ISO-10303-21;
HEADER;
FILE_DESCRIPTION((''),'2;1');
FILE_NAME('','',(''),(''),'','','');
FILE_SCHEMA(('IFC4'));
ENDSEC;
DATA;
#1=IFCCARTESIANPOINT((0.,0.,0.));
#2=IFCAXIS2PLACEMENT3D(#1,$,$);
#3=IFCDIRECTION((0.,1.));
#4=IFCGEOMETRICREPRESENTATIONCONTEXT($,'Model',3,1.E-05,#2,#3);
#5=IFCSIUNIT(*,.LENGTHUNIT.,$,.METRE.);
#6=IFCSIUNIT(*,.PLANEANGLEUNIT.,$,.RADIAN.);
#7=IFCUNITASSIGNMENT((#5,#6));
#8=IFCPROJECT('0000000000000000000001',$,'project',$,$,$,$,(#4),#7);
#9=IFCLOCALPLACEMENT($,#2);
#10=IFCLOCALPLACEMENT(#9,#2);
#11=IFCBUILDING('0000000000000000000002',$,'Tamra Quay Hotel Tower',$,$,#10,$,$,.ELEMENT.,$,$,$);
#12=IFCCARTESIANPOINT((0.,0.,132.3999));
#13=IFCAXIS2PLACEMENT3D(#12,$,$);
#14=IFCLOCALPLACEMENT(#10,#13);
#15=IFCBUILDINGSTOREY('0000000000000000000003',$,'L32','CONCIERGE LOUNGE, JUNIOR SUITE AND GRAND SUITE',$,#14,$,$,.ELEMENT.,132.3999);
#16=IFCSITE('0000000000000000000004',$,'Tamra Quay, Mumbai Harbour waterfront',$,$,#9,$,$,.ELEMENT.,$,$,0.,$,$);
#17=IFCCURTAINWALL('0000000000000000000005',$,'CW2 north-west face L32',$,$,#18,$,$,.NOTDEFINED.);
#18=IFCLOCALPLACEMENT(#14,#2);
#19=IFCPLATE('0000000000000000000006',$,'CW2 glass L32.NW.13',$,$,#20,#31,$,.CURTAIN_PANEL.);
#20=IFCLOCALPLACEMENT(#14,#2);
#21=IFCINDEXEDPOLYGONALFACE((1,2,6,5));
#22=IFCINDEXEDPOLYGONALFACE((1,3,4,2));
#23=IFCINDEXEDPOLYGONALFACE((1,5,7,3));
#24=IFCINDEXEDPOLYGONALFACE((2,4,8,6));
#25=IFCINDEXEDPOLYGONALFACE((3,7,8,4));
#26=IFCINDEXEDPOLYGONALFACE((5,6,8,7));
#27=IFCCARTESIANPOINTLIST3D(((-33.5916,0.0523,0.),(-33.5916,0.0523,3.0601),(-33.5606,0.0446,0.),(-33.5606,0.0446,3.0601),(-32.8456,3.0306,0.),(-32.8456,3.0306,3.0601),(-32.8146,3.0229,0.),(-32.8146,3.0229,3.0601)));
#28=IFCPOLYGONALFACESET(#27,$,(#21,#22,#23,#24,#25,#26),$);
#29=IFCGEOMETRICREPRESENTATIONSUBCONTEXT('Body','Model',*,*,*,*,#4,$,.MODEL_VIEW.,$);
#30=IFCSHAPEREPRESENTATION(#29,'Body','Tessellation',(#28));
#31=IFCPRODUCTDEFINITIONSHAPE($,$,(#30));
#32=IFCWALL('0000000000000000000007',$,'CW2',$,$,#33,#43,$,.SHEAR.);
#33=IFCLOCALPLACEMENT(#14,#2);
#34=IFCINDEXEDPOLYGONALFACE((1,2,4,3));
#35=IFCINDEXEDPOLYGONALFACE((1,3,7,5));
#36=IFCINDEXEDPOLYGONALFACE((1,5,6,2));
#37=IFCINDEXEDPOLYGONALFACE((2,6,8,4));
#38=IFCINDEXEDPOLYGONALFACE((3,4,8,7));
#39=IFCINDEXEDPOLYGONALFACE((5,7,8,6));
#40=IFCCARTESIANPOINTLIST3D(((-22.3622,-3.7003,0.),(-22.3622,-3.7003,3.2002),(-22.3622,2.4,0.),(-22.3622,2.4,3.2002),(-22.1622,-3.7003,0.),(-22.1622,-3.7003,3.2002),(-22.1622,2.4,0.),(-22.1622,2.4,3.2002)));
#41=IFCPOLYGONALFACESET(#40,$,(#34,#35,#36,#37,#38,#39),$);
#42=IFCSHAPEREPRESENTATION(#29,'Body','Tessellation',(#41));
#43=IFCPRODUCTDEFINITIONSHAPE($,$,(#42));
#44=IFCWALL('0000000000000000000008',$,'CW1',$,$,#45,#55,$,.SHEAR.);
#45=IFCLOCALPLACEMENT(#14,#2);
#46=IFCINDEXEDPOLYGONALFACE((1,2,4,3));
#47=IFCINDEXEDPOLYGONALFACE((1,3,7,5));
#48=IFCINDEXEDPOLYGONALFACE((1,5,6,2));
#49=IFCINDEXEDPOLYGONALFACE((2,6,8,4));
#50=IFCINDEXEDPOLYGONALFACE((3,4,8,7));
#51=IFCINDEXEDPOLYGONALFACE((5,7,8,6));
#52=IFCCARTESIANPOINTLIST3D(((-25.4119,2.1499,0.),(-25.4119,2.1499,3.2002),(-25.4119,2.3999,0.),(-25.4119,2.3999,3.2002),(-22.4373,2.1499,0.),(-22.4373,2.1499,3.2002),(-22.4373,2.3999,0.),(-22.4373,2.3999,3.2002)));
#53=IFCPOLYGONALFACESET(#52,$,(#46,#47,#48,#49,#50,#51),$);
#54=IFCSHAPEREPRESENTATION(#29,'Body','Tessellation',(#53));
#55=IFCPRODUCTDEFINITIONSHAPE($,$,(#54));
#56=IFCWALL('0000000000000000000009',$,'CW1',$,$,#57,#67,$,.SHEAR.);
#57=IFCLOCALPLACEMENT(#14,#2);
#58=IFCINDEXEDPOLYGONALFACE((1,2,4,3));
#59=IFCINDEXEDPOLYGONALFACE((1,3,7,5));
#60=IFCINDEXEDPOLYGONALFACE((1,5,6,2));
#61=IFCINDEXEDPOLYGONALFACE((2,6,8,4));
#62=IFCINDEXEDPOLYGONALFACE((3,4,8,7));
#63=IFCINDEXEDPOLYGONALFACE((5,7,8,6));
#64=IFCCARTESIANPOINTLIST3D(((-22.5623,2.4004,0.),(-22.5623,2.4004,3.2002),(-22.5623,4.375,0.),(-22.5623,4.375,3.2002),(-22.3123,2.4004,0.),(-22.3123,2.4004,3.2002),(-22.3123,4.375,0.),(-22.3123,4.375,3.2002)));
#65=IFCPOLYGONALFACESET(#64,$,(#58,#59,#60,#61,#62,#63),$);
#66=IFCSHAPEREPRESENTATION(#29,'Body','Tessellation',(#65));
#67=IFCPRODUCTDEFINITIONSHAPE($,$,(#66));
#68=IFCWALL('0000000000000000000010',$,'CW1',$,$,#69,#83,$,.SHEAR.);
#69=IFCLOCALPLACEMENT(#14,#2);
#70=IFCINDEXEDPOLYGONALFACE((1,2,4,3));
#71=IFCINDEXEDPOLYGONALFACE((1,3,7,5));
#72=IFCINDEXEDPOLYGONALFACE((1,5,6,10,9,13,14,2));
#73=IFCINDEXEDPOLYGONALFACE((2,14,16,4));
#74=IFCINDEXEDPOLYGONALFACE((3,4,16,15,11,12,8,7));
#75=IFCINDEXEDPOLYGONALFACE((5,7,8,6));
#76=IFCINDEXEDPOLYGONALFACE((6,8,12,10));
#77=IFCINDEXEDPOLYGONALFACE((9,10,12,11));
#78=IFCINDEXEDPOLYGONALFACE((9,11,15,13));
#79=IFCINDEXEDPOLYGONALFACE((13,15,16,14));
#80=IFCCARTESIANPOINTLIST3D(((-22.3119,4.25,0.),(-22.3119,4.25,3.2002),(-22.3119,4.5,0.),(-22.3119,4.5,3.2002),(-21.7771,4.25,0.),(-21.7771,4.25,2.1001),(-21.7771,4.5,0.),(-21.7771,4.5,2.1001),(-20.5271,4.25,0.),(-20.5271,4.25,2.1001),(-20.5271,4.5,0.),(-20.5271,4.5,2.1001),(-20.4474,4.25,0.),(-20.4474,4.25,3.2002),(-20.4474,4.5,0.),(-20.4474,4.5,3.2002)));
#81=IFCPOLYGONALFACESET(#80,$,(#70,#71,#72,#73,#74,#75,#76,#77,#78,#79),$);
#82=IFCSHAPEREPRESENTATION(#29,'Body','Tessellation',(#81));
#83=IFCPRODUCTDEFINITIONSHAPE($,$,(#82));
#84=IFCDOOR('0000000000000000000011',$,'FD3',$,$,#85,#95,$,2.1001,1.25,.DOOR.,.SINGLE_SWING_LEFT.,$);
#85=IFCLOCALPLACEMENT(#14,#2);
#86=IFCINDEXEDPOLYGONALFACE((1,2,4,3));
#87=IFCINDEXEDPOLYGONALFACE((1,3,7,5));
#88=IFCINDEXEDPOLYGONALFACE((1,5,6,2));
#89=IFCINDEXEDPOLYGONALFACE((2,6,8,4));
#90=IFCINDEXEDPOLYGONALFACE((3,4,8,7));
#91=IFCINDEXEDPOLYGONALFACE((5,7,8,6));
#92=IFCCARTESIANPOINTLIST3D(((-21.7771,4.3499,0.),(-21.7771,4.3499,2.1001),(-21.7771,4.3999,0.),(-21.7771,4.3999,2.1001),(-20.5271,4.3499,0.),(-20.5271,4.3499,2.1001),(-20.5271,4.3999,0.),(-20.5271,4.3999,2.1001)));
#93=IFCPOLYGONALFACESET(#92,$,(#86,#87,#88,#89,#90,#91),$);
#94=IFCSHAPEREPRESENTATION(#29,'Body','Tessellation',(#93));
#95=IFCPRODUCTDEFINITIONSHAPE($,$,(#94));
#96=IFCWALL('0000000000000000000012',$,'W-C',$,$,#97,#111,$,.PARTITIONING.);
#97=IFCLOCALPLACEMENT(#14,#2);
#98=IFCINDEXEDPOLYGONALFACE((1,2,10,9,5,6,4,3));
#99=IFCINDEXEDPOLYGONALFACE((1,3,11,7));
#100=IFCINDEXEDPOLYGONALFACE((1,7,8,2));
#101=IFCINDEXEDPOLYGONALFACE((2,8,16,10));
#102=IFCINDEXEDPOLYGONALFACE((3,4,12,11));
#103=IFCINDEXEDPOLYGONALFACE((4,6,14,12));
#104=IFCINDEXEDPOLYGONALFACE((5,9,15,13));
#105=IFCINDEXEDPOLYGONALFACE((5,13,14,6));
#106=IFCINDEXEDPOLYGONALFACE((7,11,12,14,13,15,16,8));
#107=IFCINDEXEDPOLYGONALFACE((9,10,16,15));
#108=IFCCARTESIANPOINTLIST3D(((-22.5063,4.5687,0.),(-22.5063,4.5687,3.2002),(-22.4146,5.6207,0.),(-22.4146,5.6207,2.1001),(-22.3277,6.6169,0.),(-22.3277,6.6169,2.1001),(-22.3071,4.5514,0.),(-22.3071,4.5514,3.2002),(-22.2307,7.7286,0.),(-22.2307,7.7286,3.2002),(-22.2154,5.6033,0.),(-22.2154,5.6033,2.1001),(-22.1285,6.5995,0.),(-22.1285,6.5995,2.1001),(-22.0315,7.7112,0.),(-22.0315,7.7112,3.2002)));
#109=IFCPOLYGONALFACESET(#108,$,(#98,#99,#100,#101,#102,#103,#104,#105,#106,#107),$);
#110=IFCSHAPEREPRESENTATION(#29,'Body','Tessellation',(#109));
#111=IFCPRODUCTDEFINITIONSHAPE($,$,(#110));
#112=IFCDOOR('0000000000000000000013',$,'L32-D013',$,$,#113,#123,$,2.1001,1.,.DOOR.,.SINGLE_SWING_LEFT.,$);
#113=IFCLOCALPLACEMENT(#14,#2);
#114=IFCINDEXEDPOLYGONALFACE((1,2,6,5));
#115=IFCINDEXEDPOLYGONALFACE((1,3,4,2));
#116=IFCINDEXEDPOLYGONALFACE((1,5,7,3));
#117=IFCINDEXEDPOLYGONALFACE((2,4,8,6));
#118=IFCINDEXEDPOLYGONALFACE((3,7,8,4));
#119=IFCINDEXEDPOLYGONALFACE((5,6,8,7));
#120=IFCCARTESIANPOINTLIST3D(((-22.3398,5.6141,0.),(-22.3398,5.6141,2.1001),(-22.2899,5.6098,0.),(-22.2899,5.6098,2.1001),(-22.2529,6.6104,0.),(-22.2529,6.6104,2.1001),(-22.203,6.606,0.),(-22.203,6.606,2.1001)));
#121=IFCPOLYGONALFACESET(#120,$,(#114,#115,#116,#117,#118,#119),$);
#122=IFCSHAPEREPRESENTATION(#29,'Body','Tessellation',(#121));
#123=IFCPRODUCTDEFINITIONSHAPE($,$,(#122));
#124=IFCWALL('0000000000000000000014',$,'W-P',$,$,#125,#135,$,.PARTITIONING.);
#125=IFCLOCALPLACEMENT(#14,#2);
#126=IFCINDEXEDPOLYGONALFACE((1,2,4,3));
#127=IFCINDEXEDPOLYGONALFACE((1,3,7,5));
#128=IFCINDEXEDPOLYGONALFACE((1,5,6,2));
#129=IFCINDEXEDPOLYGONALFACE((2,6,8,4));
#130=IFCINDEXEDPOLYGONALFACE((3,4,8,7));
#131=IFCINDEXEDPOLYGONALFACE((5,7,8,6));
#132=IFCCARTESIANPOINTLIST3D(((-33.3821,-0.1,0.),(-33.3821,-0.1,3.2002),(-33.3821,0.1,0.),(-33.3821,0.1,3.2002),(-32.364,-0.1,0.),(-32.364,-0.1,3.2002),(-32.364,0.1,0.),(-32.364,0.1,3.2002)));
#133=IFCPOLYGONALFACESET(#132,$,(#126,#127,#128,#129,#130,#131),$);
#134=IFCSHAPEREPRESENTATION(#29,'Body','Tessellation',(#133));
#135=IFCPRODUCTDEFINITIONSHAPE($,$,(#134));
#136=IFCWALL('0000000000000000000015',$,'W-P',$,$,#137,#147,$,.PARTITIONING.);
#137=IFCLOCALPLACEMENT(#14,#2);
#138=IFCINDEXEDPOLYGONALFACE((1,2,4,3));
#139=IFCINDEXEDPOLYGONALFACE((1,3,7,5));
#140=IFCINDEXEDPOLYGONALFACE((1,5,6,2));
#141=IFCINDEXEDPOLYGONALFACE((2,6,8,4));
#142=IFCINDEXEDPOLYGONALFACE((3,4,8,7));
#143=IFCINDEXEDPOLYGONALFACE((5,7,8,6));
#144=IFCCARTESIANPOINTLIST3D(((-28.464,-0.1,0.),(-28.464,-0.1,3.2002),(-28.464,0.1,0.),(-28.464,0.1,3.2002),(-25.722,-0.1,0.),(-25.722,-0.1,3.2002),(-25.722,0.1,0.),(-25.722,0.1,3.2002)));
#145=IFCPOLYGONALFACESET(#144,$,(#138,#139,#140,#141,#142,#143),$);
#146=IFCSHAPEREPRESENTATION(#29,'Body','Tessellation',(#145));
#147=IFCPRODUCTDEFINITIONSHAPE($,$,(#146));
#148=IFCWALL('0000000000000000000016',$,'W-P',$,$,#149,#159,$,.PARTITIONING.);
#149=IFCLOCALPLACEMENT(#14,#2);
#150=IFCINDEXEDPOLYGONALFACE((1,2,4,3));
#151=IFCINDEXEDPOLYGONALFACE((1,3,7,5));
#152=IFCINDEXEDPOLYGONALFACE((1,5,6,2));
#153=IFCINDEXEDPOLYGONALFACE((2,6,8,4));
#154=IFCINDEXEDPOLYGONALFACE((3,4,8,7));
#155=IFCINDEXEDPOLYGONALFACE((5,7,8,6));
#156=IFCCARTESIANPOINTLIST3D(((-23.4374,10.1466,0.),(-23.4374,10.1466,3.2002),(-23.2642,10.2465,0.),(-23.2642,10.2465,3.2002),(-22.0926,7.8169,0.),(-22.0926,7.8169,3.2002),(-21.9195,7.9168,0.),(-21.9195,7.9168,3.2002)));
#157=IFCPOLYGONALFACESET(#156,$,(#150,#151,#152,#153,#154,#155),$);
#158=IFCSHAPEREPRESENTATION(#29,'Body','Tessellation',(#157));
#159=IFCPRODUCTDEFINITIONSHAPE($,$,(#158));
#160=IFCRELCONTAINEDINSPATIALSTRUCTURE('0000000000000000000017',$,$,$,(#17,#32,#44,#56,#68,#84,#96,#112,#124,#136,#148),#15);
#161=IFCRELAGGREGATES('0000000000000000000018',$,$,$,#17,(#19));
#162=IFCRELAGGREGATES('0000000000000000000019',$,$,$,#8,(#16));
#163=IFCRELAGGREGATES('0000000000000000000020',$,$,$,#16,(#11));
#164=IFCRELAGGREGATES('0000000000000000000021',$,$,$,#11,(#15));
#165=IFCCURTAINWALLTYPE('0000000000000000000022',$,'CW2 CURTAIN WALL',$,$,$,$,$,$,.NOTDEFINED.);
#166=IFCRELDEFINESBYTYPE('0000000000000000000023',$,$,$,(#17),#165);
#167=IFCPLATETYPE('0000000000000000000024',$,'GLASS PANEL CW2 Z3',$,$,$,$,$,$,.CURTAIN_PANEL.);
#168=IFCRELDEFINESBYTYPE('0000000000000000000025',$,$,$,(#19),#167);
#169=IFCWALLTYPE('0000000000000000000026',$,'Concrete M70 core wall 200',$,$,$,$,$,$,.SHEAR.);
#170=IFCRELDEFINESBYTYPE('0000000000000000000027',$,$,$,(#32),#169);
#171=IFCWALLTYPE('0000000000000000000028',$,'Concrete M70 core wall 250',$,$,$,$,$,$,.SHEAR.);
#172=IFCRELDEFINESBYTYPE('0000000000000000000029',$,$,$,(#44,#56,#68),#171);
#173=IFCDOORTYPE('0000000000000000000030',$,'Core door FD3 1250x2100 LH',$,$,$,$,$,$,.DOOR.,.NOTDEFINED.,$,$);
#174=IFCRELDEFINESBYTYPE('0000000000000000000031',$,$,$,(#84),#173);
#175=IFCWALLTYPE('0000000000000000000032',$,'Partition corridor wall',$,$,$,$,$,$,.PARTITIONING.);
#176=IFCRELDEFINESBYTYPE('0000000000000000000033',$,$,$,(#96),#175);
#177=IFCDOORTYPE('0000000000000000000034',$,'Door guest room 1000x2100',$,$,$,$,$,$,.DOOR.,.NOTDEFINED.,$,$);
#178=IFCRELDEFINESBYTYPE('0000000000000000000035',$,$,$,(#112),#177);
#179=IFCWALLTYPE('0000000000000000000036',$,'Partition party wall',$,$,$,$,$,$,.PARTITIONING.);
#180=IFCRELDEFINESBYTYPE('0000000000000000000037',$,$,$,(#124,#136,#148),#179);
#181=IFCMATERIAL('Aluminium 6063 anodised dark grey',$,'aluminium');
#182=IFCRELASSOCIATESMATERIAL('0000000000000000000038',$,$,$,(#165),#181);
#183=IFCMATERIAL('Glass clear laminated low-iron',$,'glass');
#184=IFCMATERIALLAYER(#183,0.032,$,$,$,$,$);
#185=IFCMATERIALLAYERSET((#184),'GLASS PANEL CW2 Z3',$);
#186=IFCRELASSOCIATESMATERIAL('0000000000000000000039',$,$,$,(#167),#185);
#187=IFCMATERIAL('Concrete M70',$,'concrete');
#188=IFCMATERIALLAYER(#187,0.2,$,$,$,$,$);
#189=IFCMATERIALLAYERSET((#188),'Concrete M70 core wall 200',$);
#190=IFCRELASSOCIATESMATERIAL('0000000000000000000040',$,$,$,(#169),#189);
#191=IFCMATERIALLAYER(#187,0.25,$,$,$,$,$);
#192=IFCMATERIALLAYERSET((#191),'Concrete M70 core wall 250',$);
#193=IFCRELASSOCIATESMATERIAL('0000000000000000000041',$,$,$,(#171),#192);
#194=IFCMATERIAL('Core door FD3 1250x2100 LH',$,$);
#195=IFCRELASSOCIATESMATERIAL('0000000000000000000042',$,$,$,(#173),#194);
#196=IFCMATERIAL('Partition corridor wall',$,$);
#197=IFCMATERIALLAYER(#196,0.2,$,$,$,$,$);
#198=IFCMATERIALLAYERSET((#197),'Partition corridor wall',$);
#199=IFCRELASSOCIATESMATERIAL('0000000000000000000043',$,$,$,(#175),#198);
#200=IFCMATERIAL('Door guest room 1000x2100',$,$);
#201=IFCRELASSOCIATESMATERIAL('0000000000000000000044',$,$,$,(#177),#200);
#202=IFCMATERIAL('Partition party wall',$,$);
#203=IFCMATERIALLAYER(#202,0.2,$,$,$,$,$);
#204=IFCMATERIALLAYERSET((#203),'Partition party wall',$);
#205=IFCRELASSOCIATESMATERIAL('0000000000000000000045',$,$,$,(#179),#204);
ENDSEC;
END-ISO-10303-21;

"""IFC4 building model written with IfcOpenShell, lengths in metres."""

from ifc_helpers import new_model, si_unit, direction, frame, frame_2d, origin, origin_2d, place, context, subcontext, project, spatial, rectangle, extrude, material, layer, layer_set, type_object, element, fill, aggregate, save


model = new_model("IFC4")

# Units and contexts
model_context = context("Model", 3, precision=1e-05, world=origin(), true_north=direction((0.0, 1.0)))
body_context = subcontext(model_context, "Body", "Model", "MODEL_VIEW")
ifc_project = project(units=[si_unit("LENGTHUNIT", "METRE"), si_unit("PLANEANGLEUNIT", "RADIAN")], contexts=[model_context])

# Site, building, storey
site_placement = place(None, origin())
site = spatial("IfcSite", under=ifc_project, at=site_placement, Name="Tamra Quay, Mumbai Harbour waterfront", CompositionType="ELEMENT", RefElevation=0.0)
building_placement = place(site_placement, origin())
building = spatial("IfcBuilding", under=site, at=building_placement, Name="Tamra Quay Hotel Tower", CompositionType="ELEMENT")
storey_placement = place(building_placement, frame((0.0, 0.0, 132.3999)))
storey = spatial("IfcBuildingStorey", under=building, at=storey_placement, Name="L32", Description="CONCIERGE LOUNGE, JUNIOR SUITE AND GRAND SUITE", CompositionType="ELEMENT", Elevation=132.3999)

# Shared definitions
ifc_material_1 = material(Name="Concrete M70", Category="concrete")

# Curtain wall
ifc_material_2 = material(Name="Aluminium 6063 anodised dark grey", Category="aluminium")
curtain_wall_type = type_object("IfcCurtainWallType", Name="CW2 CURTAIN WALL", PredefinedType="NOTDEFINED", material=ifc_material_2)
curtain_wall_placement = place(storey_placement, origin())
curtain_wall = element("IfcCurtainWall", 1, at=curtain_wall_placement, inside=storey, type_object=curtain_wall_type, Name="CW2 north-west face L32", PredefinedType="NOTDEFINED")

# Plate
ifc_material_3 = material(Name="Glass clear laminated low-iron", Category="glass")
ifc_layer_1 = layer(ifc_material_3, 0.032)
ifc_layer_set_1 = layer_set([ifc_layer_1], Name="GLASS PANEL CW2 Z3")
plate_type = type_object("IfcPlateType", Name="GLASS PANEL CW2 Z3", PredefinedType="CURTAIN_PANEL", material=ifc_layer_set_1)
plate_1_placement = place(storey_placement, frame((-33.2031, 1.5376, 0.0), z_axis=(0.0, 0.0, 1.0), x_axis=(-0.242976, -0.970032, 0.0)))
plate_1 = element("IfcPlate", 2, at=plate_1_placement, type_object=plate_type, Name="CW2 glass L32.NW.13", PredefinedType="CURTAIN_PANEL", context=body_context, shape_type="SweptSolid", body=[
    extrude(rectangle(XDim=3.0703, YDim=0.032, at=origin_2d()), origin(), (0.0, 0.0, 1.0), 3.0601),
])
aggregate(curtain_wall, [plate_1])

# Walls
ifc_layer_2 = layer(ifc_material_1, 0.2)
ifc_layer_set_2 = layer_set([ifc_layer_2], Name="Concrete M70 core wall 200")
wall_type_1 = type_object("IfcWallType", Name="Concrete M70 core wall 200", PredefinedType="SHEAR", material=ifc_layer_set_2)
wall_1_placement = place(storey_placement, frame((-22.2622, 2.4001, 0.0), z_axis=(0.0, 0.0, 1.0), x_axis=(0.0, -1.0, 0.0)))
element("IfcWall", 3, at=wall_1_placement, inside=storey, type_object=wall_type_1, Name="CW2", PredefinedType="SHEAR", context=body_context, shape_type="SweptSolid", body=[
    extrude(rectangle(XDim=6.1003, YDim=0.2, at=frame_2d((3.0503, 0.0))), origin(), (0.0, 0.0, 1.0), 3.2002),
])
ifc_layer_3 = layer(ifc_material_1, 0.25)
ifc_layer_set_3 = layer_set([ifc_layer_3], Name="Concrete M70 core wall 250")
wall_type_2 = type_object("IfcWallType", Name="Concrete M70 core wall 250", PredefinedType="SHEAR", material=ifc_layer_set_3)
wall_2_placement = place(storey_placement, frame((-25.4119, 2.2749, 0.0), z_axis=(0.0, 0.0, 1.0), x_axis=(1.0, 0.0, 0.0)))
element("IfcWall", 4, at=wall_2_placement, inside=storey, type_object=wall_type_2, Name="CW1", PredefinedType="SHEAR", context=body_context, shape_type="SweptSolid", body=[
    extrude(rectangle(XDim=2.9746, YDim=0.25, at=frame_2d((1.4873, 0.0))), origin(), (0.0, 0.0, 1.0), 3.2002),
])
wall_3_placement = place(storey_placement, frame((-22.4373, 2.4004, 0.0), z_axis=(0.0, 0.0, 1.0), x_axis=(0.0, 1.0, 0.0)))
element("IfcWall", 5, at=wall_3_placement, inside=storey, type_object=wall_type_2, Name="CW1", PredefinedType="SHEAR", context=body_context, shape_type="SweptSolid", body=[
    extrude(rectangle(XDim=1.9746, YDim=0.25, at=frame_2d((0.9873, 0.0))), origin(), (0.0, 0.0, 1.0), 3.2002),
])

# Walls, openings, doors
wall_4_placement = place(storey_placement, frame((-22.3118, 4.375, 0.0), z_axis=(0.0, 0.0, 1.0), x_axis=(1.0, 0.0, 0.0)))
wall_4 = element("IfcWall", 6, at=wall_4_placement, inside=storey, type_object=wall_type_2, Name="CW1", PredefinedType="SHEAR", context=body_context, shape_type="SweptSolid", body=[
    extrude(rectangle(XDim=1.8645, YDim=0.25, at=frame_2d((0.9321, 0.0))), origin(), (0.0, 0.0, 1.0), 3.2002),
])
opening_1_placement = place(wall_4_placement, frame((0.5347, 0.0, 0.0)))
opening_1 = element("IfcOpeningElement", 7, at=opening_1_placement, cuts=wall_4, PredefinedType="OPENING", context=body_context, shape_type="SweptSolid", body=[
    extrude(rectangle(XDim=1.25, YDim=2.1001, at=frame_2d((0.625, 1.05))), frame((0.0, 0.135, 0.0), z_axis=(0.0, -1.0, 0.0), x_axis=(1.0, 0.0, 0.0)), (0.0, 0.0, 1.0), 0.27),
])
ifc_material_4 = material(Name="Core door FD3 1250x2100 LH")
door_type_1 = type_object("IfcDoorType", Name="Core door FD3 1250x2100 LH", OperationType="NOTDEFINED", PredefinedType="DOOR", material=ifc_material_4)
door_1_placement = place(opening_1_placement, origin())
door_1 = element("IfcDoor", 8, at=door_1_placement, inside=storey, type_object=door_type_1, Name="FD3", OperationType="SINGLE_SWING_LEFT", OverallHeight=2.1001, OverallWidth=1.25, PredefinedType="DOOR", context=body_context, shape_type="SweptSolid", body=[
    extrude(rectangle(XDim=1.25, YDim=2.1001, at=frame_2d((0.625, 1.05))), frame((0.0, 0.0249, 0.0), z_axis=(0.0, -1.0, 0.0), x_axis=(1.0, 0.0, 0.0)), (0.0, 0.0, 1.0), 0.05),
])
fill(opening_1, door_1)
ifc_material_5 = material(Name="Partition corridor wall")
ifc_layer_4 = layer(ifc_material_5, 0.2)
ifc_layer_set_4 = layer_set([ifc_layer_4], Name="Partition corridor wall")
wall_type_3 = type_object("IfcWallType", Name="Partition corridor wall", PredefinedType="PARTITIONING", material=ifc_layer_set_4)
wall_5_placement = place(storey_placement, frame((-22.4067, 4.5601, 0.0), z_axis=(0.0, 0.0, 1.0), x_axis=(0.086899, 0.996217, 0.0)))
wall_5 = element("IfcWall", 9, at=wall_5_placement, inside=storey, type_object=wall_type_3, Name="W-C", PredefinedType="PARTITIONING", context=body_context, shape_type="SweptSolid", body=[
    extrude(rectangle(XDim=3.1719, YDim=0.2, at=frame_2d((1.5859, 0.0))), origin(), (0.0, 0.0, 1.0), 3.2002),
])
opening_2_placement = place(wall_5_placement, frame((1.0559, 0.0, 0.0)))
opening_2 = element("IfcOpeningElement", 10, at=opening_2_placement, cuts=wall_5, PredefinedType="OPENING", context=body_context, shape_type="SweptSolid", body=[
    extrude(rectangle(XDim=1.0, YDim=2.1001, at=frame_2d((0.5, 1.05))), frame((0.0, 0.1099, 0.0), z_axis=(0.0, -1.0, 0.0), x_axis=(1.0, 0.0, 0.0)), (0.0, 0.0, 1.0), 0.22),
])
ifc_material_6 = material(Name="Door guest room 1000x2100")
door_type_2 = type_object("IfcDoorType", Name="Door guest room 1000x2100", OperationType="NOTDEFINED", PredefinedType="DOOR", material=ifc_material_6)
door_2_placement = place(opening_2_placement, origin())
door_2 = element("IfcDoor", 11, at=door_2_placement, inside=storey, type_object=door_type_2, Name="L32-D013", OperationType="SINGLE_SWING_LEFT", OverallHeight=2.1001, OverallWidth=1.0, PredefinedType="DOOR", context=body_context, shape_type="SweptSolid", body=[
    extrude(rectangle(XDim=1.0, YDim=2.1001, at=frame_2d((0.5, 1.05))), frame((0.0, 0.0249, 0.0), z_axis=(0.0, -1.0, 0.0), x_axis=(1.0, 0.0, 0.0)), (0.0, 0.0, 1.0), 0.05),
])
fill(opening_2, door_2)

# Walls
ifc_material_7 = material(Name="Partition party wall")
ifc_layer_5 = layer(ifc_material_7, 0.2)
ifc_layer_set_5 = layer_set([ifc_layer_5], Name="Partition party wall")
wall_type_4 = type_object("IfcWallType", Name="Partition party wall", PredefinedType="PARTITIONING", material=ifc_layer_set_5)
wall_6_placement = place(storey_placement, frame((-33.3821, 0.0, 0.0), z_axis=(0.0, 0.0, 1.0), x_axis=(1.0, 0.0, 0.0)))
element("IfcWall", 12, at=wall_6_placement, inside=storey, type_object=wall_type_4, Name="W-P", PredefinedType="PARTITIONING", context=body_context, shape_type="SweptSolid", body=[
    extrude(rectangle(XDim=1.0181, YDim=0.2, at=frame_2d((0.509, 0.0))), origin(), (0.0, 0.0, 1.0), 3.2002),
])
wall_7_placement = place(storey_placement, frame((-28.4641, 0.0, 0.0), z_axis=(0.0, 0.0, 1.0), x_axis=(1.0, 0.0, 0.0)))
element("IfcWall", 13, at=wall_7_placement, inside=storey, type_object=wall_type_4, Name="W-P", PredefinedType="PARTITIONING", context=body_context, shape_type="SweptSolid", body=[
    extrude(rectangle(XDim=2.7419, YDim=0.2, at=frame_2d((1.3711, 0.0))), origin(), (0.0, 0.0, 1.0), 3.2002),
])
wall_8_placement = place(storey_placement, frame((-23.3508, 10.1965, 0.0), z_axis=(0.0, 0.0, 1.0), x_axis=(0.499927, -0.866068, 0.0)))
element("IfcWall", 14, at=wall_8_placement, inside=storey, type_object=wall_type_4, Name="W-P", PredefinedType="PARTITIONING", context=body_context, shape_type="SweptSolid", body=[
    extrude(rectangle(XDim=2.6899, YDim=0.2, at=frame_2d((1.345, 0.0))), origin(), (0.0, 0.0, 1.0), 3.2002),
])

save(model, "model.ifc")
